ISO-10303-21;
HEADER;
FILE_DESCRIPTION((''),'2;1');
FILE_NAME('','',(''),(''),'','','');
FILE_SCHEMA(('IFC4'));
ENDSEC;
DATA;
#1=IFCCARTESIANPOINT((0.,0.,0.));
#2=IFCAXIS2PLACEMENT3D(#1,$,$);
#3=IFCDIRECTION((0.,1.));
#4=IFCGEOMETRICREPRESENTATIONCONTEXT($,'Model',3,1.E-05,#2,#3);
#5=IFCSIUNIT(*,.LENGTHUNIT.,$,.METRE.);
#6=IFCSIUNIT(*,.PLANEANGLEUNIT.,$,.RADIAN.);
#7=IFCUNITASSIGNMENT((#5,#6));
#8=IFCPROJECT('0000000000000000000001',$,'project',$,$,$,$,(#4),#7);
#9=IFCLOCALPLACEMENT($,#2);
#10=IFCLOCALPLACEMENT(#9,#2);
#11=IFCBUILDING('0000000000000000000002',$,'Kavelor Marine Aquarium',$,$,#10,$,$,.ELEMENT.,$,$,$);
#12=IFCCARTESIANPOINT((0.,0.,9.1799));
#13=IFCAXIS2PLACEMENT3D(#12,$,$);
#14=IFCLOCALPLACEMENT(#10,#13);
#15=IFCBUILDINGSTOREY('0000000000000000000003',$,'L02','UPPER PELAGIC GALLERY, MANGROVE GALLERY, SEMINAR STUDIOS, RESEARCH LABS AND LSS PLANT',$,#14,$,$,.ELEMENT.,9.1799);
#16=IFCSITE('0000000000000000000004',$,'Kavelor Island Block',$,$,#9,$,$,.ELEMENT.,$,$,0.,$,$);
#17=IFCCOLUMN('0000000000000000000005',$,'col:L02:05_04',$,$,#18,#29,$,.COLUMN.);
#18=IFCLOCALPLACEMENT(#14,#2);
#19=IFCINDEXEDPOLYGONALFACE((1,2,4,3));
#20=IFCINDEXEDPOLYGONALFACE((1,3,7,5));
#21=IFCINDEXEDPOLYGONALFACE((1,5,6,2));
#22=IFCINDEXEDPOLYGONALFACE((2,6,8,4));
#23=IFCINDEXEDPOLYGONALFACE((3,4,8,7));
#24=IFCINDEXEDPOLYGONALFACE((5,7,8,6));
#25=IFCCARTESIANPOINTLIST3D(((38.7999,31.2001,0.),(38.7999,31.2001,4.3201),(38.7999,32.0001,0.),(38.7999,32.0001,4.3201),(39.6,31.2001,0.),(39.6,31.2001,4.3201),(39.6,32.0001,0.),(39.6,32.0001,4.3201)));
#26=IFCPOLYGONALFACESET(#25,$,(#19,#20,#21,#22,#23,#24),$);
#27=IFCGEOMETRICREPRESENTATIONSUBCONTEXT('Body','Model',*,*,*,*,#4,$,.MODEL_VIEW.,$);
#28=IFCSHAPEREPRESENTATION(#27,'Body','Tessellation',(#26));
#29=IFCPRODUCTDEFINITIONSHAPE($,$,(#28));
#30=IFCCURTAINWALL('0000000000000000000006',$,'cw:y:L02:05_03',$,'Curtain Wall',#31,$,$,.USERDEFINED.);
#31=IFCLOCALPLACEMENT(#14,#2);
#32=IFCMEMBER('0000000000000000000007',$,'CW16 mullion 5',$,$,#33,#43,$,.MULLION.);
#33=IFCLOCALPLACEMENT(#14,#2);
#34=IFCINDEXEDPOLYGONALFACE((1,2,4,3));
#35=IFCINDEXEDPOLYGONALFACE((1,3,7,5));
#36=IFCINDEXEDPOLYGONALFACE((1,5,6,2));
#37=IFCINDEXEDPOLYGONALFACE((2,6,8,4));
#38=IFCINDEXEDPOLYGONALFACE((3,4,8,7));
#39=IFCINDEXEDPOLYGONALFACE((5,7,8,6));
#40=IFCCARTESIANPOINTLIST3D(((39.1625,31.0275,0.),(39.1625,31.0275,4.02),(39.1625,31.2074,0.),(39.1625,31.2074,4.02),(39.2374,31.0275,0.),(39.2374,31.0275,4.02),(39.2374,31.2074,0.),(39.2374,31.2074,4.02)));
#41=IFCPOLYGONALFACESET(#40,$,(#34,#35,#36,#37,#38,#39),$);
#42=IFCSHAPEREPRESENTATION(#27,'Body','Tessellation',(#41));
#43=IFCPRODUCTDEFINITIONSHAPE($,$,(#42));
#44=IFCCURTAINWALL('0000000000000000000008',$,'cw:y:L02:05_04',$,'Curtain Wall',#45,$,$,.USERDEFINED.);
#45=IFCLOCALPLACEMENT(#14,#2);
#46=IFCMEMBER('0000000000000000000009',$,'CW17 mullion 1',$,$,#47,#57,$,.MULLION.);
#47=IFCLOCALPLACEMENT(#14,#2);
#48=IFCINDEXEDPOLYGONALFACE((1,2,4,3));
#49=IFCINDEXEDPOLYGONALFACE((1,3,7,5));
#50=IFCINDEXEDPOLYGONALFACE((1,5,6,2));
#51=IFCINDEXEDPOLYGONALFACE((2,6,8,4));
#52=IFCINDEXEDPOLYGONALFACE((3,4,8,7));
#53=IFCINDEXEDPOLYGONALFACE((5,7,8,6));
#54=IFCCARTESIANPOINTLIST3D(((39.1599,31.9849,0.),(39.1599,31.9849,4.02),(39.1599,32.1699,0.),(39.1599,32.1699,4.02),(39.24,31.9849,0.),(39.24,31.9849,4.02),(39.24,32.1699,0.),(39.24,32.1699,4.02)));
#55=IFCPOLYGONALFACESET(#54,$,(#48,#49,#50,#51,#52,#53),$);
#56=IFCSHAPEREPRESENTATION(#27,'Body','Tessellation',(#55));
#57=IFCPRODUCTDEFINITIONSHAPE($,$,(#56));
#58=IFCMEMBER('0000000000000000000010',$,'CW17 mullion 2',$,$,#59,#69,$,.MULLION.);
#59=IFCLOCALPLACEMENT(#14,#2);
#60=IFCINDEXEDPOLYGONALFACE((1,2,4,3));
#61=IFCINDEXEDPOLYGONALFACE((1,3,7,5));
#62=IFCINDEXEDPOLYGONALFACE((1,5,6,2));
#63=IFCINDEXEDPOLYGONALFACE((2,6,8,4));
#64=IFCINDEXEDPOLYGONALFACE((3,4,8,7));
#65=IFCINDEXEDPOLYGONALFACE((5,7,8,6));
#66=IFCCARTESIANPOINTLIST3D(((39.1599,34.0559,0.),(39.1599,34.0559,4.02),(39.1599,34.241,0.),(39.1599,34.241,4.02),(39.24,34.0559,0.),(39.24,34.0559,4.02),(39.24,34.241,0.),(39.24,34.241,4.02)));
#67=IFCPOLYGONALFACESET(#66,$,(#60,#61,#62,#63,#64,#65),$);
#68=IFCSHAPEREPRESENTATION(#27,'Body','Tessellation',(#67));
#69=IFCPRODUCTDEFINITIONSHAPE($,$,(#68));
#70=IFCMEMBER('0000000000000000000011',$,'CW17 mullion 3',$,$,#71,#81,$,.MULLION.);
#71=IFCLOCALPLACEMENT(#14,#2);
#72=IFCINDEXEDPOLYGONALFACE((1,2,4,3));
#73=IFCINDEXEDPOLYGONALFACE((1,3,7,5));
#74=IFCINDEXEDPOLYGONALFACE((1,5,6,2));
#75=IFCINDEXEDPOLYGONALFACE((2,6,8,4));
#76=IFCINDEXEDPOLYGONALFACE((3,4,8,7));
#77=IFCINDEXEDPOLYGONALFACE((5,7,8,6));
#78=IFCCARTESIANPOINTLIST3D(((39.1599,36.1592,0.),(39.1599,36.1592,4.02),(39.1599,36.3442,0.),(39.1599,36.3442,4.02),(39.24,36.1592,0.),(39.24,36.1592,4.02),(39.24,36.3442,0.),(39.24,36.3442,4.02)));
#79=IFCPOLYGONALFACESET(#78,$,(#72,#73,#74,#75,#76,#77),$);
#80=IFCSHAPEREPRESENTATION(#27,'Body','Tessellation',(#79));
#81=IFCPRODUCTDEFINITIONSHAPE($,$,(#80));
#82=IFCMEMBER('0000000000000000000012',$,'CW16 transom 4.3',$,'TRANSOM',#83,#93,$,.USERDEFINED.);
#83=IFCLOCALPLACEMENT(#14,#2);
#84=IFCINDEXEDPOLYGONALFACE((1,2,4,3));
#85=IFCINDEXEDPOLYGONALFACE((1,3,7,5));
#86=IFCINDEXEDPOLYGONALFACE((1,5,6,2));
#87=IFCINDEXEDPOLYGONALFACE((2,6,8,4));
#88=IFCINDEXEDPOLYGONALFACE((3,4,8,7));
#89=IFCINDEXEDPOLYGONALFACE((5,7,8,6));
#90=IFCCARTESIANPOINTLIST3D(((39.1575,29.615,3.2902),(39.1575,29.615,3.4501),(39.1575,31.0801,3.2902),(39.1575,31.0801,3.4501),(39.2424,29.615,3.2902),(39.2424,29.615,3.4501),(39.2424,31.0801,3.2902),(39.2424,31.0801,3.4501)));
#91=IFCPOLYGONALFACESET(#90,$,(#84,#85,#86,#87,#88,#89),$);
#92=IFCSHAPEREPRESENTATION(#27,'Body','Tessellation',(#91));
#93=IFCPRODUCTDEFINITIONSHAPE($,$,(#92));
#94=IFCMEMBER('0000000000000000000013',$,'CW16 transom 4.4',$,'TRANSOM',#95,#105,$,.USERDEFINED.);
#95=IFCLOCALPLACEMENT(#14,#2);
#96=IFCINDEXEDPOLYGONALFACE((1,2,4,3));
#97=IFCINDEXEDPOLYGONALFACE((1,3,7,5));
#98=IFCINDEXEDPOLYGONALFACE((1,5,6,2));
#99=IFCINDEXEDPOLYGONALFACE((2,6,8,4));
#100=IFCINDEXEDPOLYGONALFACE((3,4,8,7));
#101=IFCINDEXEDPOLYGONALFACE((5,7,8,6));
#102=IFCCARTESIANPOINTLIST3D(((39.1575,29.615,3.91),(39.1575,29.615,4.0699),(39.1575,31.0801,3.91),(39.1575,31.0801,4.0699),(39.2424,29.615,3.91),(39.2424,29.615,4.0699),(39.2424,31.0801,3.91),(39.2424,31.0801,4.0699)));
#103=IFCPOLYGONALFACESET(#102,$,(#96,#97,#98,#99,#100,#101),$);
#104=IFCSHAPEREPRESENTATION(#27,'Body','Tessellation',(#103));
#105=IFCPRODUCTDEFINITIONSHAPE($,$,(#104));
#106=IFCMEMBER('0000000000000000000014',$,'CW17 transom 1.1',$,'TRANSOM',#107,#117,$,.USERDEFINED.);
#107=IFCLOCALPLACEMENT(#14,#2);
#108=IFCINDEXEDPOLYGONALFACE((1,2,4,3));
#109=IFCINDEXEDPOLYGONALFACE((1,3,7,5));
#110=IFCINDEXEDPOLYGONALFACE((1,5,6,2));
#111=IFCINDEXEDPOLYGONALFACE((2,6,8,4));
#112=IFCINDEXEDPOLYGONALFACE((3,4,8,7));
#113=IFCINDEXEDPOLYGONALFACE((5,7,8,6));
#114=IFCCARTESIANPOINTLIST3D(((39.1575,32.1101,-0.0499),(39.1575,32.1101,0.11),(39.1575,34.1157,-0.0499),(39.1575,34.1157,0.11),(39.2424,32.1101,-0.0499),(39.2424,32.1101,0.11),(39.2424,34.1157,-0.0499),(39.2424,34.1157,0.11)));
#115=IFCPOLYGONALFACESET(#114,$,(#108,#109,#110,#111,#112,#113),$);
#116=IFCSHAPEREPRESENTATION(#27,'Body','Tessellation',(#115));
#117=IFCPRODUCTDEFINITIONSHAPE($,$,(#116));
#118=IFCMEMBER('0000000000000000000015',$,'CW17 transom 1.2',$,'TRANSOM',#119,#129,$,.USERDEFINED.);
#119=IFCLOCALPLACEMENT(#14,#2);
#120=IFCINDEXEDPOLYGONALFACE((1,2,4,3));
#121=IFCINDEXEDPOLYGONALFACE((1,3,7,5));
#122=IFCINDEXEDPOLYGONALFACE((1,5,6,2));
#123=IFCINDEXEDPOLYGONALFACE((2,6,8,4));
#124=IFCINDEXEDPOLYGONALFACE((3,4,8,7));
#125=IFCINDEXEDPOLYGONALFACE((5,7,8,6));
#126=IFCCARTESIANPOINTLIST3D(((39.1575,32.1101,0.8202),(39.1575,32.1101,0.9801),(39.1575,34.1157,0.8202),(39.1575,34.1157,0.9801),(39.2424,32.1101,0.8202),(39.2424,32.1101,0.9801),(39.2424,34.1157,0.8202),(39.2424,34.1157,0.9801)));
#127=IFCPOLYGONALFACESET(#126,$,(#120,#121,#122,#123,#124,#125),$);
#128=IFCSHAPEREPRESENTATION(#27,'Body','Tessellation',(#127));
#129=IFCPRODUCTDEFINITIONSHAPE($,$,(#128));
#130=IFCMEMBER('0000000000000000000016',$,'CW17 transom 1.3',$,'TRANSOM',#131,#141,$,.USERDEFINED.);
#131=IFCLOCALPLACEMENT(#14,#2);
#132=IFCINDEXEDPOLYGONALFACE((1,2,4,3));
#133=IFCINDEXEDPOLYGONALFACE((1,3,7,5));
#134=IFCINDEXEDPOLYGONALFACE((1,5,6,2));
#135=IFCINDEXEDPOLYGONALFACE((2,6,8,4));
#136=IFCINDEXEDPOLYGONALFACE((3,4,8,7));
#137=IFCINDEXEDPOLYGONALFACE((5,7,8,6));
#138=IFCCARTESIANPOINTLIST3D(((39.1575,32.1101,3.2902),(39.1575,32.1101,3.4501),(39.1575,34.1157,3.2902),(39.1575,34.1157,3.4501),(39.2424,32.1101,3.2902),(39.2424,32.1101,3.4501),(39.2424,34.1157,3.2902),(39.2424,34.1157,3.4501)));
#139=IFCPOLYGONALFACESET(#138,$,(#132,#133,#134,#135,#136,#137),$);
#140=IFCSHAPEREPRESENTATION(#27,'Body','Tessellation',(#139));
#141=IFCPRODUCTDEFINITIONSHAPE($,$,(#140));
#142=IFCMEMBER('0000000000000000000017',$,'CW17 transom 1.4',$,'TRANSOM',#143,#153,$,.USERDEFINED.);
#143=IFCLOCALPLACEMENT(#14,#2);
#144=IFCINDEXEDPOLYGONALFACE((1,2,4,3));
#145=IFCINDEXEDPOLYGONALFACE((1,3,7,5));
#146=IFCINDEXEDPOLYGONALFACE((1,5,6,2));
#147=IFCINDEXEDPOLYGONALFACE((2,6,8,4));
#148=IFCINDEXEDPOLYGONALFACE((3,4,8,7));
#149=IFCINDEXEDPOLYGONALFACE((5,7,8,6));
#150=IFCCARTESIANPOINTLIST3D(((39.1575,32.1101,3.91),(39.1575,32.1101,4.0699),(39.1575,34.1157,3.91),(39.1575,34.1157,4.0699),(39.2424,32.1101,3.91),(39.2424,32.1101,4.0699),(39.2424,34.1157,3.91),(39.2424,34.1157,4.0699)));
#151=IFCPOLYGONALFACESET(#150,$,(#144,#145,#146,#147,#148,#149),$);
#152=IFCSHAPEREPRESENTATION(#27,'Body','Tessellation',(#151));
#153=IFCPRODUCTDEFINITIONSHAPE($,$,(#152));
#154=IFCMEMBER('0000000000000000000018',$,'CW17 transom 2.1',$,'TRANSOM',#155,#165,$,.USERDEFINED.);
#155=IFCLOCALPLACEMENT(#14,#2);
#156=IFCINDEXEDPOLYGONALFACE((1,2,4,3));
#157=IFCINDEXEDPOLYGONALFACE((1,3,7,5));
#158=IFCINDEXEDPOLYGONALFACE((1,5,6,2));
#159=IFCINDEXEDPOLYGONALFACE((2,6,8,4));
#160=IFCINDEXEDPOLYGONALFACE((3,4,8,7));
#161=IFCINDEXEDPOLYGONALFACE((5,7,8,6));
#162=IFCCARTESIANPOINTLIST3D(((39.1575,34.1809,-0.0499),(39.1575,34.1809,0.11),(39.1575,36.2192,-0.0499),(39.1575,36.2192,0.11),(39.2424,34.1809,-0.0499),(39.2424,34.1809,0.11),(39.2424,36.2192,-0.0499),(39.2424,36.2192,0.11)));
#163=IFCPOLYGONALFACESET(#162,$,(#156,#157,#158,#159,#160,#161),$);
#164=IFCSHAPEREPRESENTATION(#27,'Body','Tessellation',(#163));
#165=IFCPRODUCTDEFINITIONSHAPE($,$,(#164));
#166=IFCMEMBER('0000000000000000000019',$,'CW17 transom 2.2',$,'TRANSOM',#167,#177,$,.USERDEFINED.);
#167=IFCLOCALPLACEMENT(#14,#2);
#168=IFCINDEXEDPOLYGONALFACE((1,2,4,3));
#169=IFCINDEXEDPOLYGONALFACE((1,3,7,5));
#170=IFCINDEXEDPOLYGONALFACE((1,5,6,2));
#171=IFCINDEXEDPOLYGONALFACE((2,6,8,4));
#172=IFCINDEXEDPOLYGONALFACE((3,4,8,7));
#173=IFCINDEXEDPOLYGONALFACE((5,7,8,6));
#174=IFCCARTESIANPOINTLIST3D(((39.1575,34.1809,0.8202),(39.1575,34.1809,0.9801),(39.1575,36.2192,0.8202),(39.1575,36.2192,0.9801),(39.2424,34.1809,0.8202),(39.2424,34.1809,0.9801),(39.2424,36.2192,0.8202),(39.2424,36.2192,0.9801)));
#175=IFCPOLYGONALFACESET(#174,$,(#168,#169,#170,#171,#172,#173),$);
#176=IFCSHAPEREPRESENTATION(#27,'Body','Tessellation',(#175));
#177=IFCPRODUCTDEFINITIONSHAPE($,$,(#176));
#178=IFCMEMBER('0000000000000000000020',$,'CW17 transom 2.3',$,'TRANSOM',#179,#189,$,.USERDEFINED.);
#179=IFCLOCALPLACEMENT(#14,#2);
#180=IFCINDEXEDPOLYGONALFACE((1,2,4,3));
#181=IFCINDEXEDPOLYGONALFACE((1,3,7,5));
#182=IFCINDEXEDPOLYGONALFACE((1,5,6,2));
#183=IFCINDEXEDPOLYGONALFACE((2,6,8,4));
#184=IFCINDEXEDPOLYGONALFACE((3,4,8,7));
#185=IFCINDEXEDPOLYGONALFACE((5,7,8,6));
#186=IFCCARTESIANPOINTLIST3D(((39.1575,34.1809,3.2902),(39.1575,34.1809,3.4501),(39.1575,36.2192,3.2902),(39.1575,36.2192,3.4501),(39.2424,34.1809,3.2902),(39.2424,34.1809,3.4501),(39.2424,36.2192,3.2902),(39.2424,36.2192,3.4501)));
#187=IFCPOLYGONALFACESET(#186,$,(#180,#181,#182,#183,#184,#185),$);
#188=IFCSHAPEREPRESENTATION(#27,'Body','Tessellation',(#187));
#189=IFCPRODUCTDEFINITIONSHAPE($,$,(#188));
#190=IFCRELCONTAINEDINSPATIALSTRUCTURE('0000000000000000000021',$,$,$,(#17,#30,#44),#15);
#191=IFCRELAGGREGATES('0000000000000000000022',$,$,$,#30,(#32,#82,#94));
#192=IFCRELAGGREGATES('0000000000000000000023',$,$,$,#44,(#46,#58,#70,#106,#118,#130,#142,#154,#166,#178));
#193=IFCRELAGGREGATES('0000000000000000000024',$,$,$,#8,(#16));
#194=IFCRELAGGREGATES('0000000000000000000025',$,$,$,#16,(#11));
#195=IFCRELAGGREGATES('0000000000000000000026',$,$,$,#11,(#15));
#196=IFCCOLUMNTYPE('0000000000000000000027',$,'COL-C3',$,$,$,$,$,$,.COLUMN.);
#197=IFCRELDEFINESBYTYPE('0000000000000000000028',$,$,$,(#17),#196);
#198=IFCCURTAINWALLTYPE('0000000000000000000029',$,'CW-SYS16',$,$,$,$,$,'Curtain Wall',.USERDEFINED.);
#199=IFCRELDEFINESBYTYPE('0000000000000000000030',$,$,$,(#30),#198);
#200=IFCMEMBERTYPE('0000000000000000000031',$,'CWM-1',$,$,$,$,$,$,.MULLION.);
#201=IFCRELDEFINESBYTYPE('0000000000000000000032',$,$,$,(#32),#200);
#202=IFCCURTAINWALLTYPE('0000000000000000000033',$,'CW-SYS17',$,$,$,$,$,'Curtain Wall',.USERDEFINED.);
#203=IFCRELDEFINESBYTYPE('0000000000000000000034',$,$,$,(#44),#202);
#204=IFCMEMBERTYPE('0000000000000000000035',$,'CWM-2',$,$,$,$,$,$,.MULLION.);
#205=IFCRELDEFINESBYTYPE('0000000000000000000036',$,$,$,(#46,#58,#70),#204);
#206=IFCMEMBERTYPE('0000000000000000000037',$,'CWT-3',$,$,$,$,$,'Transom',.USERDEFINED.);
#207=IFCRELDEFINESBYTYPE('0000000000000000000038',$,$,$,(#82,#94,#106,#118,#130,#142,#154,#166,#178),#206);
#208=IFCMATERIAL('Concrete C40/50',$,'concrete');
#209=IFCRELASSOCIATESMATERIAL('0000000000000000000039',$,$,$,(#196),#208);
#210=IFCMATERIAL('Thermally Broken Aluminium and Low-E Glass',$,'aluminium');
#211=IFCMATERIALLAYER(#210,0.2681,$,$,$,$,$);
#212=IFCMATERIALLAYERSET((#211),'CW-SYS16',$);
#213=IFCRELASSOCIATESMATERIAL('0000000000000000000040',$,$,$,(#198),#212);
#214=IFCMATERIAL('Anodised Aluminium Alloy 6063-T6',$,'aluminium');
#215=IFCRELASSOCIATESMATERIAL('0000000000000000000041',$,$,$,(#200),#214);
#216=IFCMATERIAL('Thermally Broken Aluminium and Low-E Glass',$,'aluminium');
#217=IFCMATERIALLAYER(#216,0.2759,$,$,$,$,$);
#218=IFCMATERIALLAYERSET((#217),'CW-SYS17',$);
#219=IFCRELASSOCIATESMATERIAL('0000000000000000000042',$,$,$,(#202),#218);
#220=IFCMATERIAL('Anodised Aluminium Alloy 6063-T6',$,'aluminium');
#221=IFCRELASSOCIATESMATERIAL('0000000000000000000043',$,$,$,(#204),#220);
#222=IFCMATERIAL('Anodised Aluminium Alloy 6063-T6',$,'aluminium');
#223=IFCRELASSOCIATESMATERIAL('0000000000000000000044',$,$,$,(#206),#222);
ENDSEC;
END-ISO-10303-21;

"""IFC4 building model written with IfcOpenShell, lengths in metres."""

from ifc_helpers import new_model, si_unit, direction, frame, origin, origin_2d, place, context, subcontext, project, spatial, rectangle, extrude, material, layer, layer_set, material_profile, profile_set, type_object, element, aggregate, save


model = new_model("IFC4")

# Units and contexts
model_context = context("Model", 3, precision=1e-05, world=origin(), true_north=direction((0.0, 1.0)))
body_context = subcontext(model_context, "Body", "Model", "MODEL_VIEW")
ifc_project = project(units=[si_unit("LENGTHUNIT", "METRE"), si_unit("PLANEANGLEUNIT", "RADIAN")], contexts=[model_context])

# Site, building, storey
site_placement = place(None, origin())
site = spatial("IfcSite", under=ifc_project, at=site_placement, Name="Kavelor Island Block", CompositionType="ELEMENT", RefElevation=0.0)
building_placement = place(site_placement, origin())
building = spatial("IfcBuilding", under=site, at=building_placement, Name="Kavelor Marine Aquarium", CompositionType="ELEMENT")
storey_placement = place(building_placement, frame((0.0, 0.0, 9.1799)))
storey = spatial("IfcBuildingStorey", under=building, at=storey_placement, Name="L02", Description="UPPER PELAGIC GALLERY, MANGROVE GALLERY, SEMINAR STUDIOS, RESEARCH LABS AND LSS PLANT", CompositionType="ELEMENT", Elevation=9.1799)

# Column
ifc_material_1 = material(Name="Concrete C40/50", Category="concrete")
ifc_material_profile_1 = material_profile(ifc_material_1, rectangle(XDim=0.8, YDim=0.8, at=origin_2d()), Name="RC-COL 800x800")
ifc_profile_set_1 = profile_set([ifc_material_profile_1], Name="Concrete C40/50")
column_type = type_object("IfcColumnType", Name="COL-C3", PredefinedType="COLUMN", material=ifc_profile_set_1)
column_placement = place(storey_placement, frame((39.2, 31.6001, 0.0), z_axis=(0.0, 0.0, 1.0), x_axis=(1.0, 0.0, 0.0)))
element("IfcColumn", 1, at=column_placement, inside=storey, type_object=column_type, Name="col:L02:05_04", PredefinedType="COLUMN", context=body_context, shape_type="SweptSolid", body=[
    extrude(rectangle(XDim=0.8, YDim=0.8, at=origin_2d()), origin(), (0.0, 0.0, 1.0), 4.3201),
])

# Curtain wall, member
ifc_material_2 = material(Name="Thermally Broken Aluminium and Low-E Glass", Category="aluminium")
ifc_layer_1 = layer(ifc_material_2, 0.2681)
ifc_layer_set_1 = layer_set([ifc_layer_1], Name="CW-SYS16")
curtain_wall_type_1 = type_object("IfcCurtainWallType", Name="CW-SYS16", ElementType="Curtain Wall", PredefinedType="USERDEFINED", material=ifc_layer_set_1)
curtain_wall_1_placement = place(storey_placement, origin())
curtain_wall_1 = element("IfcCurtainWall", 2, at=curtain_wall_1_placement, inside=storey, type_object=curtain_wall_type_1, Name="cw:y:L02:05_03", ObjectType="Curtain Wall", PredefinedType="USERDEFINED")
ifc_material_3 = material(Name="Anodised Aluminium Alloy 6063-T6", Category="aluminium")
ifc_material_profile_2 = material_profile(ifc_material_3, rectangle(XDim=0.075, YDim=0.1799, at=origin_2d()), Name="CW-MUL 75x180")
ifc_profile_set_2 = profile_set([ifc_material_profile_2], Name="Anodised Aluminium Alloy 6063-T6")
member_type_1 = type_object("IfcMemberType", Name="CWM-1", PredefinedType="MULLION", material=ifc_profile_set_2)
member_1_placement = place(storey_placement, frame((39.2, 31.1174, 0.0), z_axis=(0.0, 0.0, 1.0), x_axis=(-1.0, 0.0, 0.0)))
member_1 = element("IfcMember", 3, at=member_1_placement, type_object=member_type_1, Name="CW16 mullion 5", PredefinedType="MULLION", context=body_context, shape_type="SweptSolid", body=[
    extrude(rectangle(XDim=0.075, YDim=0.1799, at=origin_2d()), origin(), (0.0, 0.0, 1.0), 4.02),
])

# Curtain wall, members
ifc_material_4 = material(Name="Thermally Broken Aluminium and Low-E Glass", Category="aluminium")
ifc_layer_2 = layer(ifc_material_4, 0.2759)
ifc_layer_set_2 = layer_set([ifc_layer_2], Name="CW-SYS17")
curtain_wall_type_2 = type_object("IfcCurtainWallType", Name="CW-SYS17", ElementType="Curtain Wall", PredefinedType="USERDEFINED", material=ifc_layer_set_2)
curtain_wall_2_placement = place(storey_placement, origin())
curtain_wall_2 = element("IfcCurtainWall", 4, at=curtain_wall_2_placement, inside=storey, type_object=curtain_wall_type_2, Name="cw:y:L02:05_04", ObjectType="Curtain Wall", PredefinedType="USERDEFINED")
ifc_material_5 = material(Name="Anodised Aluminium Alloy 6063-T6", Category="aluminium")
ifc_material_profile_3 = material_profile(ifc_material_5, rectangle(XDim=0.0801, YDim=0.1851, at=origin_2d()), Name="CW-MUL 80x185")
ifc_profile_set_3 = profile_set([ifc_material_profile_3], Name="Anodised Aluminium Alloy 6063-T6")
member_type_2 = type_object("IfcMemberType", Name="CWM-2", PredefinedType="MULLION", material=ifc_profile_set_3)
member_2_placement = place(storey_placement, frame((39.2, 32.0774, 0.0), z_axis=(0.0, 0.0, 1.0), x_axis=(-1.0, 0.0, 0.0)))
member_2 = element("IfcMember", 5, at=member_2_placement, type_object=member_type_2, Name="CW17 mullion 1", PredefinedType="MULLION", context=body_context, shape_type="SweptSolid", body=[
    extrude(rectangle(XDim=0.0801, YDim=0.1851, at=origin_2d()), origin(), (0.0, 0.0, 1.0), 4.02),
])
member_3_placement = place(storey_placement, frame((39.2, 34.1484, 0.0), z_axis=(0.0, 0.0, 1.0), x_axis=(-1.0, 0.0, 0.0)))
member_3 = element("IfcMember", 6, at=member_3_placement, type_object=member_type_2, Name="CW17 mullion 2", PredefinedType="MULLION", context=body_context, shape_type="SweptSolid", body=[
    extrude(rectangle(XDim=0.0801, YDim=0.1851, at=origin_2d()), origin(), (0.0, 0.0, 1.0), 4.02),
])
member_4_placement = place(storey_placement, frame((39.2, 36.2517, 0.0), z_axis=(0.0, 0.0, 1.0), x_axis=(-1.0, 0.0, 0.0)))
member_4 = element("IfcMember", 7, at=member_4_placement, type_object=member_type_2, Name="CW17 mullion 3", PredefinedType="MULLION", context=body_context, shape_type="SweptSolid", body=[
    extrude(rectangle(XDim=0.0801, YDim=0.1851, at=origin_2d()), origin(), (0.0, 0.0, 1.0), 4.02),
])

# Members
ifc_material_6 = material(Name="Anodised Aluminium Alloy 6063-T6", Category="aluminium")
ifc_material_profile_4 = material_profile(ifc_material_6, rectangle(XDim=0.085, YDim=0.1599, at=origin_2d()), Name="CW-TRN 85x160")
ifc_profile_set_4 = profile_set([ifc_material_profile_4], Name="Anodised Aluminium Alloy 6063-T6")
member_type_3 = type_object("IfcMemberType", Name="CWT-3", ElementType="Transom", PredefinedType="USERDEFINED", material=ifc_profile_set_4)
member_5_placement = place(storey_placement, frame((39.2, 29.615, 3.3701), z_axis=(0.0, 1.0, 0.0), x_axis=(-1.0, 0.0, 0.0)))
member_5 = element("IfcMember", 8, at=member_5_placement, type_object=member_type_3, Name="CW16 transom 4.3", ObjectType="TRANSOM", PredefinedType="USERDEFINED", context=body_context, shape_type="SweptSolid", body=[
    extrude(rectangle(XDim=0.085, YDim=0.1599, at=origin_2d()), origin(), (0.0, 0.0, 1.0), 1.4651),
])
member_6_placement = place(storey_placement, frame((39.2, 29.615, 3.99), z_axis=(0.0, 1.0, 0.0), x_axis=(-1.0, 0.0, 0.0)))
member_6 = element("IfcMember", 9, at=member_6_placement, type_object=member_type_3, Name="CW16 transom 4.4", ObjectType="TRANSOM", PredefinedType="USERDEFINED", context=body_context, shape_type="SweptSolid", body=[
    extrude(rectangle(XDim=0.085, YDim=0.1599, at=origin_2d()), origin(), (0.0, 0.0, 1.0), 1.4651),
])
member_7_placement = place(storey_placement, frame((39.2, 32.1101, 0.03), z_axis=(0.0, 1.0, 0.0), x_axis=(-1.0, 0.0, 0.0)))
member_7 = element("IfcMember", 10, at=member_7_placement, type_object=member_type_3, Name="CW17 transom 1.1", ObjectType="TRANSOM", PredefinedType="USERDEFINED", context=body_context, shape_type="SweptSolid", body=[
    extrude(rectangle(XDim=0.085, YDim=0.1599, at=origin_2d()), origin(), (0.0, 0.0, 1.0), 2.0056),
])
member_8_placement = place(storey_placement, frame((39.2, 32.1101, 0.9001), z_axis=(0.0, 1.0, 0.0), x_axis=(-1.0, 0.0, 0.0)))
member_8 = element("IfcMember", 11, at=member_8_placement, type_object=member_type_3, Name="CW17 transom 1.2", ObjectType="TRANSOM", PredefinedType="USERDEFINED", context=body_context, shape_type="SweptSolid", body=[
    extrude(rectangle(XDim=0.085, YDim=0.1599, at=origin_2d()), origin(), (0.0, 0.0, 1.0), 2.0056),
])
member_9_placement = place(storey_placement, frame((39.2, 32.1101, 3.3701), z_axis=(0.0, 1.0, 0.0), x_axis=(-1.0, 0.0, 0.0)))
member_9 = element("IfcMember", 12, at=member_9_placement, type_object=member_type_3, Name="CW17 transom 1.3", ObjectType="TRANSOM", PredefinedType="USERDEFINED", context=body_context, shape_type="SweptSolid", body=[
    extrude(rectangle(XDim=0.085, YDim=0.1599, at=origin_2d()), origin(), (0.0, 0.0, 1.0), 2.0056),
])
member_10_placement = place(storey_placement, frame((39.2, 32.1101, 3.99), z_axis=(0.0, 1.0, 0.0), x_axis=(-1.0, 0.0, 0.0)))
member_10 = element("IfcMember", 13, at=member_10_placement, type_object=member_type_3, Name="CW17 transom 1.4", ObjectType="TRANSOM", PredefinedType="USERDEFINED", context=body_context, shape_type="SweptSolid", body=[
    extrude(rectangle(XDim=0.085, YDim=0.1599, at=origin_2d()), origin(), (0.0, 0.0, 1.0), 2.0056),
])
member_11_placement = place(storey_placement, frame((39.2, 34.1809, 0.03), z_axis=(0.0, 1.0, 0.0), x_axis=(-1.0, 0.0, 0.0)))
member_11 = element("IfcMember", 14, at=member_11_placement, type_object=member_type_3, Name="CW17 transom 2.1", ObjectType="TRANSOM", PredefinedType="USERDEFINED", context=body_context, shape_type="SweptSolid", body=[
    extrude(rectangle(XDim=0.085, YDim=0.1599, at=origin_2d()), origin(), (0.0, 0.0, 1.0), 2.0383),
])
member_12_placement = place(storey_placement, frame((39.2, 34.1809, 0.9001), z_axis=(0.0, 1.0, 0.0), x_axis=(-1.0, 0.0, 0.0)))
member_12 = element("IfcMember", 15, at=member_12_placement, type_object=member_type_3, Name="CW17 transom 2.2", ObjectType="TRANSOM", PredefinedType="USERDEFINED", context=body_context, shape_type="SweptSolid", body=[
    extrude(rectangle(XDim=0.085, YDim=0.1599, at=origin_2d()), origin(), (0.0, 0.0, 1.0), 2.0383),
])
member_13_placement = place(storey_placement, frame((39.2, 34.1809, 3.3701), z_axis=(0.0, 1.0, 0.0), x_axis=(-1.0, 0.0, 0.0)))
member_13 = element("IfcMember", 16, at=member_13_placement, type_object=member_type_3, Name="CW17 transom 2.3", ObjectType="TRANSOM", PredefinedType="USERDEFINED", context=body_context, shape_type="SweptSolid", body=[
    extrude(rectangle(XDim=0.085, YDim=0.1599, at=origin_2d()), origin(), (0.0, 0.0, 1.0), 2.0383),
])

aggregate(curtain_wall_1, [member_1, member_5, member_6])
aggregate(curtain_wall_2, [member_2, member_3, member_4, member_7, member_8, member_9, member_10, member_11, member_12, member_13])

save(model, "model.ifc")
